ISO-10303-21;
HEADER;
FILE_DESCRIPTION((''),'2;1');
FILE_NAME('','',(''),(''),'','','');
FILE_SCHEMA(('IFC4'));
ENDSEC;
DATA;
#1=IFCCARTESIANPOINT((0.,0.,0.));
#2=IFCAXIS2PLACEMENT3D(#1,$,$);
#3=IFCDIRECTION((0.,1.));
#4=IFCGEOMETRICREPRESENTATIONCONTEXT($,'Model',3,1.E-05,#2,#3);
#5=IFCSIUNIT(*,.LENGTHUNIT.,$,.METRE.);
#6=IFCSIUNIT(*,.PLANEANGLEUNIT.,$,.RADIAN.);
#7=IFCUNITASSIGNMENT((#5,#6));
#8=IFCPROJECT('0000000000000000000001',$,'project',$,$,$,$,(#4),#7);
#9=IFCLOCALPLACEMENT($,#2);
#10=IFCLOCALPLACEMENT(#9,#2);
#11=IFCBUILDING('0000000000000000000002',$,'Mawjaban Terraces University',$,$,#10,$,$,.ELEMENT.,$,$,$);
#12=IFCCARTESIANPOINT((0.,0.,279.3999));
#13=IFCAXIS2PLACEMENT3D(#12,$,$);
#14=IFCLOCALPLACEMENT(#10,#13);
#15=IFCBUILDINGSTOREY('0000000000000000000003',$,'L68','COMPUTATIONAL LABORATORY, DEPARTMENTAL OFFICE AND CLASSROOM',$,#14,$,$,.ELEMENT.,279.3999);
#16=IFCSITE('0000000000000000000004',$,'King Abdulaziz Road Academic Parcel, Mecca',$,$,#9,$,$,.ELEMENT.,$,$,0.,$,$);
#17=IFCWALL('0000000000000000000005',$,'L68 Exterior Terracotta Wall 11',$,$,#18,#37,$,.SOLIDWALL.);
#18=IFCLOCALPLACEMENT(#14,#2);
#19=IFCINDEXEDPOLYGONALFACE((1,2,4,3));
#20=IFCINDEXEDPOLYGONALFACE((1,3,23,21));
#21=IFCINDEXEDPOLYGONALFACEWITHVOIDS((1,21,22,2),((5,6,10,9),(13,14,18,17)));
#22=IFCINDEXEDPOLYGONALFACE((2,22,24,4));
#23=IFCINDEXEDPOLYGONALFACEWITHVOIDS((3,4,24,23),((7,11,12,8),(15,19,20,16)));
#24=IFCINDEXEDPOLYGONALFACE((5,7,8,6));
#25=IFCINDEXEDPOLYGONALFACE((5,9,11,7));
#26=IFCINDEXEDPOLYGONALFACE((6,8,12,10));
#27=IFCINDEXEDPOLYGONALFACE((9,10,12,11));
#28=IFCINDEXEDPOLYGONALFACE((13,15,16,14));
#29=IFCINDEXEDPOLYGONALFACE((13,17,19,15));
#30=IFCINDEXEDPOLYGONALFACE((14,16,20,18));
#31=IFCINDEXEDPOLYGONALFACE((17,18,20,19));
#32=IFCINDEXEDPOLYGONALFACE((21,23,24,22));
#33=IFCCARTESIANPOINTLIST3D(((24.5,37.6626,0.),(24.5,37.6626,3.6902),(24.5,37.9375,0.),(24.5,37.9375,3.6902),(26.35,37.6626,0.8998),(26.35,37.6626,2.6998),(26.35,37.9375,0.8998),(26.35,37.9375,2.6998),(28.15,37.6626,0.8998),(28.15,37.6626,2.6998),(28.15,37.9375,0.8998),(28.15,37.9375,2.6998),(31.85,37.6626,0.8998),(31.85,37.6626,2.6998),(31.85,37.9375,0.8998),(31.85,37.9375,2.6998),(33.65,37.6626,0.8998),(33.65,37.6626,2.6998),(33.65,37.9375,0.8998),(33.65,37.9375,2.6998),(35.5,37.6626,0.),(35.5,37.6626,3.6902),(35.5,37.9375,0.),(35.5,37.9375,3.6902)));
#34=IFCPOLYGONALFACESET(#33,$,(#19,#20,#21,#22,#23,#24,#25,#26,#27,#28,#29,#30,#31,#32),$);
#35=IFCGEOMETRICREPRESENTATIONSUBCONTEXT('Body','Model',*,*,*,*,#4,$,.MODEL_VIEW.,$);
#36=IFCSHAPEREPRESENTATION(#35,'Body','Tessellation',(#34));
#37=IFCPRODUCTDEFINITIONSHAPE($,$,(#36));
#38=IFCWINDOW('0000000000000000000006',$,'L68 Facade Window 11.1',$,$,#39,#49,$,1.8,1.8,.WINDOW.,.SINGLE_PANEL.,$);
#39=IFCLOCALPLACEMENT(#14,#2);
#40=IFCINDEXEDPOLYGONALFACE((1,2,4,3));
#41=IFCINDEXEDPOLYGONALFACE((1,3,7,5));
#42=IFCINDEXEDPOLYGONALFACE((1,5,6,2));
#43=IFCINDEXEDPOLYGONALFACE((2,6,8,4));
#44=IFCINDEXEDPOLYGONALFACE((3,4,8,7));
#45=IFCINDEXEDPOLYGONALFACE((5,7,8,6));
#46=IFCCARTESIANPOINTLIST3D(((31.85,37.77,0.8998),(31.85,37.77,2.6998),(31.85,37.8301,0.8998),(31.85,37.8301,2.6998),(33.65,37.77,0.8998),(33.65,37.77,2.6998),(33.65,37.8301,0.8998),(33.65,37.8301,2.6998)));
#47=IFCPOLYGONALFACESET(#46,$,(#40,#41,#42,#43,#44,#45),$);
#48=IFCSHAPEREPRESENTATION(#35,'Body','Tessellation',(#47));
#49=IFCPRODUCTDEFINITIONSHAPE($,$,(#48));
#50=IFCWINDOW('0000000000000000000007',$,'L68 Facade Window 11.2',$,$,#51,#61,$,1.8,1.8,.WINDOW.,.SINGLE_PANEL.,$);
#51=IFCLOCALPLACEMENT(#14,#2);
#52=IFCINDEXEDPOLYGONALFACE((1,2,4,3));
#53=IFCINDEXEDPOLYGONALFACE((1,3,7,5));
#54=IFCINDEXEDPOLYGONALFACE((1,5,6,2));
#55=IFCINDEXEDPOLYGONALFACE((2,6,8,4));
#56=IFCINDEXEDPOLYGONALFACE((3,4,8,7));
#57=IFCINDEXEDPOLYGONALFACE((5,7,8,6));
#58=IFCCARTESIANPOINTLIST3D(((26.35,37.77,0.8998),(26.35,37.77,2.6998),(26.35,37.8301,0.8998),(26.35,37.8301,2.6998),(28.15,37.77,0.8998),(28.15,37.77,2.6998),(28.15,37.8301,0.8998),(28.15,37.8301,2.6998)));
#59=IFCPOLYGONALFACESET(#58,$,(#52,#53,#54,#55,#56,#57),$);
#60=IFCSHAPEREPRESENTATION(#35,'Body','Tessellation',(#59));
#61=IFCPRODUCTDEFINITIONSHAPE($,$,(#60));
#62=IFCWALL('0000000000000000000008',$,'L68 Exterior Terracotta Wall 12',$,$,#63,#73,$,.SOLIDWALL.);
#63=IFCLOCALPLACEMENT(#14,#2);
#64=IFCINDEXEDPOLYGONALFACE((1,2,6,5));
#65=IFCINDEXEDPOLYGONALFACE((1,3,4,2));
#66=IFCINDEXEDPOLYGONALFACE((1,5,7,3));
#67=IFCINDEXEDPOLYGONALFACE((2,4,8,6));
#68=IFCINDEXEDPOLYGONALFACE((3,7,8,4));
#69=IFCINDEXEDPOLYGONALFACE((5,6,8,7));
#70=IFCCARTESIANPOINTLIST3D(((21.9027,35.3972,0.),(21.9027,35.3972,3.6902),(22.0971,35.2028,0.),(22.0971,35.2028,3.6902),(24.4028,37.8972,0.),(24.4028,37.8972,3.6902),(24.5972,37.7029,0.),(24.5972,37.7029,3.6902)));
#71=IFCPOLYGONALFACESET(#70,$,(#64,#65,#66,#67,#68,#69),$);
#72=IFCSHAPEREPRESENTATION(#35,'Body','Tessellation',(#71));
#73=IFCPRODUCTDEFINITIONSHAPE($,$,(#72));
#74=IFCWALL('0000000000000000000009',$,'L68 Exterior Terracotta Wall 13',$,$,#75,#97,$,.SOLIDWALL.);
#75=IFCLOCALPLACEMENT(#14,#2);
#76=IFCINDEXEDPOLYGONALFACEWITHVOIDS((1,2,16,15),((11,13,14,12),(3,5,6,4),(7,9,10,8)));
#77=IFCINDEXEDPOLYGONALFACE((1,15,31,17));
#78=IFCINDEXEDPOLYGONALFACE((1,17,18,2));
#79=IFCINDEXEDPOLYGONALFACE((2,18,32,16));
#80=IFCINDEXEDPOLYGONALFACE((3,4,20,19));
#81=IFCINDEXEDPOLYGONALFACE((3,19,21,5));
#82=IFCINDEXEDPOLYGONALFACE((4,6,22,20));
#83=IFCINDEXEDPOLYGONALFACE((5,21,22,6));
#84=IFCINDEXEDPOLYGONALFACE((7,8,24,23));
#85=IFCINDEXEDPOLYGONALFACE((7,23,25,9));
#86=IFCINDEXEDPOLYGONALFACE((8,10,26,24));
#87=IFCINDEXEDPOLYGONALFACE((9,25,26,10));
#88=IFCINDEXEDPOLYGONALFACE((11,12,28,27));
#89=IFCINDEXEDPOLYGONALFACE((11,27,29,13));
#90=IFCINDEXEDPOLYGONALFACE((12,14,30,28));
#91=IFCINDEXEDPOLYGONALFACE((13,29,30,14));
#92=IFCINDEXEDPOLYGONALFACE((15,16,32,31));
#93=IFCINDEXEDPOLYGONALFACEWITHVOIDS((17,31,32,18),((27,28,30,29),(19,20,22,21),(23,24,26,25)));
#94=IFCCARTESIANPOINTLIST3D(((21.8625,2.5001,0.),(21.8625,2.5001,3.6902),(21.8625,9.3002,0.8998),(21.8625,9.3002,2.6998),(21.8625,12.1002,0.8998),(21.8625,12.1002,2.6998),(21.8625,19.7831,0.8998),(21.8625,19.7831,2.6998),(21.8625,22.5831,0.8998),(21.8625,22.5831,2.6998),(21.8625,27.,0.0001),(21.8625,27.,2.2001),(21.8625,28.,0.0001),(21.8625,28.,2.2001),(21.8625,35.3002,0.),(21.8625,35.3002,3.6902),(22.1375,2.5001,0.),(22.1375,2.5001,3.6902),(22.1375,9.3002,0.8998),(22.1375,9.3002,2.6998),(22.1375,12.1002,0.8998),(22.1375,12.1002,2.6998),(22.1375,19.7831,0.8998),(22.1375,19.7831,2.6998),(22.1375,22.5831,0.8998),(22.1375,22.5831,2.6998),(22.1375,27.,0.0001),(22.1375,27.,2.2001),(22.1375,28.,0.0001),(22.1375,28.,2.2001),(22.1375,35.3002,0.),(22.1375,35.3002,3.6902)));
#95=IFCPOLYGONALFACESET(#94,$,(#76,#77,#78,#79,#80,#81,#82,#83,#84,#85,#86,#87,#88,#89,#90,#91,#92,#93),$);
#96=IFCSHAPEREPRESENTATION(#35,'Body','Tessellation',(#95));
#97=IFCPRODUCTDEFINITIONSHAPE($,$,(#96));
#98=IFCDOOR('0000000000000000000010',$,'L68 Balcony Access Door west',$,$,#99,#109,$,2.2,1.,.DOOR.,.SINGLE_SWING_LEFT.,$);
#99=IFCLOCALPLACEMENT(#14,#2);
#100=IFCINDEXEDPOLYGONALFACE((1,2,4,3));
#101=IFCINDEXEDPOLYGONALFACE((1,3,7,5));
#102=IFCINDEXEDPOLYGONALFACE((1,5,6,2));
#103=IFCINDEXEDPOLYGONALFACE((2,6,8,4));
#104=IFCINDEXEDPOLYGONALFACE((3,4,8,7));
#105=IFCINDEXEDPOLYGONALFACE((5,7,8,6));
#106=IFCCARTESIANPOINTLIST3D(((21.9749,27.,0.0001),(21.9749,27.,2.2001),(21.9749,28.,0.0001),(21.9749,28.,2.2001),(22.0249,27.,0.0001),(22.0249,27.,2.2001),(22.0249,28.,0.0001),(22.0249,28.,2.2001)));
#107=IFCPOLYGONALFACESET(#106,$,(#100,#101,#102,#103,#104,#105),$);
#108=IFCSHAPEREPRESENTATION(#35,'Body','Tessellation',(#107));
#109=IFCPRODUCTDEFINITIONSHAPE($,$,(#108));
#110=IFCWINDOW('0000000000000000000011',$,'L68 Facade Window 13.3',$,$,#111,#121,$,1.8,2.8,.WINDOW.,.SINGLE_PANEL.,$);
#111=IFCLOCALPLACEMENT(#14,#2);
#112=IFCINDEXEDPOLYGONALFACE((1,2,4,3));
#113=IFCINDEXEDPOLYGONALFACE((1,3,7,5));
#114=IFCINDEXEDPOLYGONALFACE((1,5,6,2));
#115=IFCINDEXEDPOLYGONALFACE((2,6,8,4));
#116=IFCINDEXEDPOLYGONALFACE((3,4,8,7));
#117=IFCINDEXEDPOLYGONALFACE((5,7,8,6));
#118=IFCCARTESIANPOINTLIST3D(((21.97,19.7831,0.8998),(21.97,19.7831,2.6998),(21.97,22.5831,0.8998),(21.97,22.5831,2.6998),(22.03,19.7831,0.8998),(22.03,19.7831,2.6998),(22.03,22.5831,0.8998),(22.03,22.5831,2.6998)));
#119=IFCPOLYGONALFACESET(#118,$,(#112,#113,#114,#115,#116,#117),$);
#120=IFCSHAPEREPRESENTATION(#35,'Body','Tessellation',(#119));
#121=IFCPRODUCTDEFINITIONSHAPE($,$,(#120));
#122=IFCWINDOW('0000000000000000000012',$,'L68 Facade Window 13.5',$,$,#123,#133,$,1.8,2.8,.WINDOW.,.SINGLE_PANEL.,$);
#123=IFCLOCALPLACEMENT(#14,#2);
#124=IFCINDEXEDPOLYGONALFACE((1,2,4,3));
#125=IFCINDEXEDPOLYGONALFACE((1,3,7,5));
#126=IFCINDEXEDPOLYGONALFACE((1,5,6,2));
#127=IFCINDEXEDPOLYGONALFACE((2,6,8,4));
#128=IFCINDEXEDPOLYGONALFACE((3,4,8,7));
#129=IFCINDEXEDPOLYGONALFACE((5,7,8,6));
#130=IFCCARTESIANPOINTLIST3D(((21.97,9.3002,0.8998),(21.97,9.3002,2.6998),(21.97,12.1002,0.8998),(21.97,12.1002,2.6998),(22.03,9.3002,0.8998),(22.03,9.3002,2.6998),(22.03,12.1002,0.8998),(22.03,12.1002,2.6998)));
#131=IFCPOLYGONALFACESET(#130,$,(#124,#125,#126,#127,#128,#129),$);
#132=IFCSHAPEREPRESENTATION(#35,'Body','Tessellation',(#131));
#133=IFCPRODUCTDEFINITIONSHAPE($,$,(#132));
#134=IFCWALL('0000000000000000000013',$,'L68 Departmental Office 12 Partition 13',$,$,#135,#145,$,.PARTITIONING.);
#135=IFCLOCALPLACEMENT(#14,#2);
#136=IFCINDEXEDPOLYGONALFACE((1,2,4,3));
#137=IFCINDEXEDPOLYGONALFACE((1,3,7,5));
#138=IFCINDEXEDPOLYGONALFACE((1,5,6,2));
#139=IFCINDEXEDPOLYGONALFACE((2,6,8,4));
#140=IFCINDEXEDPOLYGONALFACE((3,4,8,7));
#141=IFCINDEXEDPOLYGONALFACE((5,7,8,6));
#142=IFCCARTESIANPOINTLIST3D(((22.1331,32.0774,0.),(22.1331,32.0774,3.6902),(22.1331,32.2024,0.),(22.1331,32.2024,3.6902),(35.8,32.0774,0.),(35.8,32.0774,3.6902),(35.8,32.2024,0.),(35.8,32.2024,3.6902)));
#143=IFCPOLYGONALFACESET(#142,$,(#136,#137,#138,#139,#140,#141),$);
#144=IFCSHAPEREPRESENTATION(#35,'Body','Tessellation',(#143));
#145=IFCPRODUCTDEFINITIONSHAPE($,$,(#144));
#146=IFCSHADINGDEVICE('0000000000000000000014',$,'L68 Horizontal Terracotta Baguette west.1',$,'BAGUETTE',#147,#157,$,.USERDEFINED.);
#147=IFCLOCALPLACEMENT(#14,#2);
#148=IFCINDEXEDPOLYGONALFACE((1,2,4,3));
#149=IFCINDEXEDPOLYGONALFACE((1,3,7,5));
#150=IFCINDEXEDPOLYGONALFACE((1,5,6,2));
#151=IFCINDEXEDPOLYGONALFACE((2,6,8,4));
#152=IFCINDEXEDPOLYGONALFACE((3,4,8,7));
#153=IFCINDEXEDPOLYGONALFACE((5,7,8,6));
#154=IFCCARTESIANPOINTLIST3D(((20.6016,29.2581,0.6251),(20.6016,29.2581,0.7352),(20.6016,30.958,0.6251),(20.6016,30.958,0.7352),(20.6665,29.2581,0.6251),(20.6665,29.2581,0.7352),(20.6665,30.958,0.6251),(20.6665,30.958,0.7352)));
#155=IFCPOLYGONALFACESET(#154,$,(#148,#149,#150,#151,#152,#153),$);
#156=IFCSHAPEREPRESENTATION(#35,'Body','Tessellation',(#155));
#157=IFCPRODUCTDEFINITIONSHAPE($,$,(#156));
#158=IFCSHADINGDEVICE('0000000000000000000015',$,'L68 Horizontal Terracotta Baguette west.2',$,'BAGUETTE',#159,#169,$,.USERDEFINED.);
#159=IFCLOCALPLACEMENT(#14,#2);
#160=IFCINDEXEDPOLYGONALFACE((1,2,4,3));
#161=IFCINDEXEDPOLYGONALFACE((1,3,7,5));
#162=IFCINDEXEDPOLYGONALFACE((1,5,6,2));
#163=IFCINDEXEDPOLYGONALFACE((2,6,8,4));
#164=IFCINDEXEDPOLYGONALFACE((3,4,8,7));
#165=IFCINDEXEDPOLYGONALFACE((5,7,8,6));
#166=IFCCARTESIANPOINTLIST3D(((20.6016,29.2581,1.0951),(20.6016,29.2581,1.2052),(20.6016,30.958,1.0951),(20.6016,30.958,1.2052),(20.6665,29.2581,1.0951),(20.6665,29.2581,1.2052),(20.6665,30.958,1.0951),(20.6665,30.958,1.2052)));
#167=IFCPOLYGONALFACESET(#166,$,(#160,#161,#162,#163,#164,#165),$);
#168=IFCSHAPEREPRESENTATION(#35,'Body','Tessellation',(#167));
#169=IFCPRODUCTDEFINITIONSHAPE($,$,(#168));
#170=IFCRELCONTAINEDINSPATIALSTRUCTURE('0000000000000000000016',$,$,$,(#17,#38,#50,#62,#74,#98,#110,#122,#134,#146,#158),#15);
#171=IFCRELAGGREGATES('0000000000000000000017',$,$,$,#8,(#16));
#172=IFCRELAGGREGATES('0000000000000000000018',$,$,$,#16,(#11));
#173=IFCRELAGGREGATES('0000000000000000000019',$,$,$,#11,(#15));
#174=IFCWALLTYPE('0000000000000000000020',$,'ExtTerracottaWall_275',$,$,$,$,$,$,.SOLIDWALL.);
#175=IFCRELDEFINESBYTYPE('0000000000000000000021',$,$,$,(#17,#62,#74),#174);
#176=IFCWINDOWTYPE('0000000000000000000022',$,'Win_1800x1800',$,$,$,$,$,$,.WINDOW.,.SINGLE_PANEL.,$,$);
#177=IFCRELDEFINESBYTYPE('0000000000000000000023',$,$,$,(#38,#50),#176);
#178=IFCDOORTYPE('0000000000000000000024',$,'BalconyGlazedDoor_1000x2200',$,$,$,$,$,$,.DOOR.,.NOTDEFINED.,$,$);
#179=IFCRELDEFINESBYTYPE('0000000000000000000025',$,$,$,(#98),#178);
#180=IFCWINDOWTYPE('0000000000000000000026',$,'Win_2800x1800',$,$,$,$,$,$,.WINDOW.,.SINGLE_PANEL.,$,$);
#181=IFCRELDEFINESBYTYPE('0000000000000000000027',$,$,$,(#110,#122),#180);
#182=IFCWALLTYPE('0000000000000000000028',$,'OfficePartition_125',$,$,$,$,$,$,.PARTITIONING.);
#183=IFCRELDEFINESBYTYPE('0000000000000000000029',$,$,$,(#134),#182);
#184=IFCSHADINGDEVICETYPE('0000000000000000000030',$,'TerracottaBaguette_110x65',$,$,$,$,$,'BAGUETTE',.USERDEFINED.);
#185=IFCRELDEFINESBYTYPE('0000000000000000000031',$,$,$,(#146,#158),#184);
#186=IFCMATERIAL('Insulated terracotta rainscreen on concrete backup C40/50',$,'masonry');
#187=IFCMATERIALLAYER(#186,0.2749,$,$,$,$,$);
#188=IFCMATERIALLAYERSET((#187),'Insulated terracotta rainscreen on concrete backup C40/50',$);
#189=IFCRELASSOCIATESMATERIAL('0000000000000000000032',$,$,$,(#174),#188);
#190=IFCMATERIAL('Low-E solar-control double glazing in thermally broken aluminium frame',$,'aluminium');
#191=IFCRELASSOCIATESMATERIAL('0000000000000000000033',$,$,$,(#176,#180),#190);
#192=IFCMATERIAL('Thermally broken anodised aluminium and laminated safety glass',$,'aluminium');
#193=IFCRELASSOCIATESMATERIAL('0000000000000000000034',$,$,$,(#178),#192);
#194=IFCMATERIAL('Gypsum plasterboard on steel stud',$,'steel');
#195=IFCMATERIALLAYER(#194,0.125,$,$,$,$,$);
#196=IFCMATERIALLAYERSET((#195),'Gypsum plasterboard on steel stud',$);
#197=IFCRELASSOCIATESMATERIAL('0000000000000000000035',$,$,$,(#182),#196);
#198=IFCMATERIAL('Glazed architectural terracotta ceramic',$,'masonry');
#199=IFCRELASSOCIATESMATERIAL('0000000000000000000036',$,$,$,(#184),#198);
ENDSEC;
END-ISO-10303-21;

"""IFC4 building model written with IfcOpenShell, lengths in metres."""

from ifc_helpers import new_model, si_unit, direction, frame, frame_2d, origin, origin_2d, place, context, subcontext, project, spatial, rectangle, extrude, material, layer, layer_set, material_profile, profile_set, type_object, element, fill, save


model = new_model("IFC4")

# Units and contexts
model_context = context("Model", 3, precision=1e-05, world=origin(), true_north=direction((0.0, 1.0)))
body_context = subcontext(model_context, "Body", "Model", "MODEL_VIEW")
ifc_project = project(units=[si_unit("LENGTHUNIT", "METRE"), si_unit("PLANEANGLEUNIT", "RADIAN")], contexts=[model_context])

# Site, building, storey
site_placement = place(None, origin())
site = spatial("IfcSite", under=ifc_project, at=site_placement, Name="King Abdulaziz Road Academic Parcel, Mecca", CompositionType="ELEMENT", RefElevation=0.0)
building_placement = place(site_placement, origin())
building = spatial("IfcBuilding", under=site, at=building_placement, Name="Mawjaban Terraces University", CompositionType="ELEMENT")
storey_placement = place(building_placement, frame((0.0, 0.0, 279.3999)))
storey = spatial("IfcBuildingStorey", under=building, at=storey_placement, Name="L68", Description="COMPUTATIONAL LABORATORY, DEPARTMENTAL OFFICE AND CLASSROOM", CompositionType="ELEMENT", Elevation=279.3999)

# Wall, openings, windows
ifc_material_1 = material(Name="Insulated terracotta rainscreen on concrete backup C40/50", Category="masonry")
ifc_layer_1 = layer(ifc_material_1, 0.2749)
ifc_layer_set_1 = layer_set([ifc_layer_1], Name="Insulated terracotta rainscreen on concrete backup C40/50")
wall_type_1 = type_object("IfcWallType", Name="ExtTerracottaWall_275", PredefinedType="SOLIDWALL", material=ifc_layer_set_1)
wall_1_placement = place(storey_placement, frame((35.5, 37.8, 0.0), z_axis=(0.0, 0.0, 1.0), x_axis=(-1.0, 0.0, 0.0)))
wall_1 = element("IfcWall", 1, at=wall_1_placement, inside=storey, type_object=wall_type_1, Name="L68 Exterior Terracotta Wall 11", PredefinedType="SOLIDWALL", context=body_context, shape_type="SweptSolid", body=[
    extrude(rectangle(XDim=11.0, YDim=0.2749, at=frame_2d((5.5, 0.0))), origin(), (0.0, 0.0, 1.0), 3.6902),
])
opening_1_placement = place(wall_1_placement, frame((1.8501, 0.0, 0.8999)))
opening_1 = element("IfcOpeningElement", 2, at=opening_1_placement, cuts=wall_1, PredefinedType="OPENING", context=body_context, shape_type="SweptSolid", body=[
    extrude(rectangle(XDim=1.8, YDim=1.8, at=frame_2d((0.8999, 0.8999))), frame((0.0, 0.1475, 0.0), z_axis=(0.0, -1.0, 0.0), x_axis=(1.0, 0.0, 0.0)), (0.0, 0.0, 1.0), 0.2949),
])
opening_2_placement = place(wall_1_placement, frame((7.3501, 0.0, 0.8999)))
opening_2 = element("IfcOpeningElement", 3, at=opening_2_placement, cuts=wall_1, PredefinedType="OPENING", context=body_context, shape_type="SweptSolid", body=[
    extrude(rectangle(XDim=1.8, YDim=1.8, at=frame_2d((0.8999, 0.8999))), frame((0.0, 0.1475, 0.0), z_axis=(0.0, -1.0, 0.0), x_axis=(1.0, 0.0, 0.0)), (0.0, 0.0, 1.0), 0.2949),
])
ifc_material_2 = material(Name="Low-E solar-control double glazing in thermally broken aluminium frame", Category="aluminium")
window_type_1 = type_object("IfcWindowType", Name="Win_1800x1800", PartitioningType="SINGLE_PANEL", PredefinedType="WINDOW", material=ifc_material_2)
window_1_placement = place(opening_1_placement, origin())
window_1 = element("IfcWindow", 4, at=window_1_placement, inside=storey, type_object=window_type_1, Name="L68 Facade Window 11.1", OverallHeight=1.8, OverallWidth=1.8, PartitioningType="SINGLE_PANEL", PredefinedType="WINDOW", context=body_context, shape_type="SweptSolid", body=[
    extrude(rectangle(XDim=1.8, YDim=1.8, at=frame_2d((0.8999, 0.8999))), frame((0.0, 0.03, 0.0), z_axis=(0.0, -1.0, 0.0), x_axis=(1.0, 0.0, 0.0)), (0.0, 0.0, 1.0), 0.0601),
])
fill(opening_1, window_1)
window_2_placement = place(opening_2_placement, origin())
window_2 = element("IfcWindow", 5, at=window_2_placement, inside=storey, type_object=window_type_1, Name="L68 Facade Window 11.2", OverallHeight=1.8, OverallWidth=1.8, PartitioningType="SINGLE_PANEL", PredefinedType="WINDOW", context=body_context, shape_type="SweptSolid", body=[
    extrude(rectangle(XDim=1.8, YDim=1.8, at=frame_2d((0.8999, 0.8999))), frame((0.0, 0.03, 0.0), z_axis=(0.0, -1.0, 0.0), x_axis=(1.0, 0.0, 0.0)), (0.0, 0.0, 1.0), 0.0601),
])
fill(opening_2, window_2)

# Wall
wall_2_placement = place(storey_placement, frame((24.5, 37.8, 0.0), z_axis=(0.0, 0.0, 1.0), x_axis=(-0.707107, -0.707107, 0.0)))
element("IfcWall", 6, at=wall_2_placement, inside=storey, type_object=wall_type_1, Name="L68 Exterior Terracotta Wall 12", PredefinedType="SOLIDWALL", context=body_context, shape_type="SweptSolid", body=[
    extrude(rectangle(XDim=3.5356, YDim=0.2749, at=frame_2d((1.7678, 0.0))), origin(), (0.0, 0.0, 1.0), 3.6902),
])

# Wall, openings, door, windows
wall_3_placement = place(storey_placement, frame((22.0, 35.3, 0.0), z_axis=(0.0, 0.0, 1.0), x_axis=(0.0, -1.0, 0.0)))
wall_3 = element("IfcWall", 7, at=wall_3_placement, inside=storey, type_object=wall_type_1, Name="L68 Exterior Terracotta Wall 13", PredefinedType="SOLIDWALL", context=body_context, shape_type="SweptSolid", body=[
    extrude(rectangle(XDim=32.8, YDim=0.2749, at=frame_2d((16.3999, 0.0))), origin(), (0.0, 0.0, 1.0), 3.6902),
])
opening_3_placement = place(wall_3_placement, frame((7.3, 0.0, 0.0)))
opening_3 = element("IfcOpeningElement", 8, at=opening_3_placement, cuts=wall_3, PredefinedType="OPENING", context=body_context, shape_type="SweptSolid", body=[
    extrude(rectangle(XDim=1.0, YDim=2.2, at=frame_2d((0.5, 1.1001))), frame((0.0, 0.1475, 0.0), z_axis=(0.0, -1.0, 0.0), x_axis=(1.0, 0.0, 0.0)), (0.0, 0.0, 1.0), 0.2949),
])
opening_4_placement = place(wall_3_placement, frame((12.717, 0.0, 0.8999)))
opening_4 = element("IfcOpeningElement", 9, at=opening_4_placement, cuts=wall_3, PredefinedType="OPENING", context=body_context, shape_type="SweptSolid", body=[
    extrude(rectangle(XDim=2.8, YDim=1.8, at=frame_2d((1.3999, 0.8999))), frame((0.0, 0.1475, 0.0), z_axis=(0.0, -1.0, 0.0), x_axis=(1.0, 0.0, 0.0)), (0.0, 0.0, 1.0), 0.2949),
])
opening_5_placement = place(wall_3_placement, frame((23.2, 0.0, 0.8999)))
opening_5 = element("IfcOpeningElement", 10, at=opening_5_placement, cuts=wall_3, PredefinedType="OPENING", context=body_context, shape_type="SweptSolid", body=[
    extrude(rectangle(XDim=2.8, YDim=1.8, at=frame_2d((1.3999, 0.8999))), frame((0.0, 0.1475, 0.0), z_axis=(0.0, -1.0, 0.0), x_axis=(1.0, 0.0, 0.0)), (0.0, 0.0, 1.0), 0.2949),
])
ifc_material_3 = material(Name="Thermally broken anodised aluminium and laminated safety glass", Category="aluminium")
door_type_1 = type_object("IfcDoorType", Name="BalconyGlazedDoor_1000x2200", OperationType="NOTDEFINED", PredefinedType="DOOR", material=ifc_material_3)
door_1_placement = place(opening_3_placement, origin())
door_1 = element("IfcDoor", 11, at=door_1_placement, inside=storey, type_object=door_type_1, Name="L68 Balcony Access Door west", OperationType="SINGLE_SWING_LEFT", OverallHeight=2.2, OverallWidth=1.0, PredefinedType="DOOR", context=body_context, shape_type="SweptSolid", body=[
    extrude(rectangle(XDim=1.0, YDim=2.2, at=frame_2d((0.5, 1.1001))), frame((0.0, 0.0249, 0.0), z_axis=(0.0, -1.0, 0.0), x_axis=(1.0, 0.0, 0.0)), (0.0, 0.0, 1.0), 0.05),
])
fill(opening_3, door_1)
window_type_2 = type_object("IfcWindowType", Name="Win_2800x1800", PartitioningType="SINGLE_PANEL", PredefinedType="WINDOW", material=ifc_material_2)
window_3_placement = place(opening_4_placement, origin())
window_3 = element("IfcWindow", 12, at=window_3_placement, inside=storey, type_object=window_type_2, Name="L68 Facade Window 13.3", OverallHeight=1.8, OverallWidth=2.8, PartitioningType="SINGLE_PANEL", PredefinedType="WINDOW", context=body_context, shape_type="SweptSolid", body=[
    extrude(rectangle(XDim=2.8, YDim=1.8, at=frame_2d((1.3999, 0.8999))), frame((0.0, 0.03, 0.0), z_axis=(0.0, -1.0, 0.0), x_axis=(1.0, 0.0, 0.0)), (0.0, 0.0, 1.0), 0.0601),
])
fill(opening_4, window_3)
window_4_placement = place(opening_5_placement, origin())
window_4 = element("IfcWindow", 13, at=window_4_placement, inside=storey, type_object=window_type_2, Name="L68 Facade Window 13.5", OverallHeight=1.8, OverallWidth=2.8, PartitioningType="SINGLE_PANEL", PredefinedType="WINDOW", context=body_context, shape_type="SweptSolid", body=[
    extrude(rectangle(XDim=2.8, YDim=1.8, at=frame_2d((1.3999, 0.8999))), frame((0.0, 0.03, 0.0), z_axis=(0.0, -1.0, 0.0), x_axis=(1.0, 0.0, 0.0)), (0.0, 0.0, 1.0), 0.0601),
])
fill(opening_5, window_4)

# Wall
ifc_material_4 = material(Name="Gypsum plasterboard on steel stud", Category="steel")
ifc_layer_2 = layer(ifc_material_4, 0.125)
ifc_layer_set_2 = layer_set([ifc_layer_2], Name="Gypsum plasterboard on steel stud")
wall_type_2 = type_object("IfcWallType", Name="OfficePartition_125", PredefinedType="PARTITIONING", material=ifc_layer_set_2)
wall_4_placement = place(storey_placement, frame((35.8, 32.1399, 0.0), z_axis=(0.0, 0.0, 1.0), x_axis=(-1.0, 0.0, 0.0)))
element("IfcWall", 14, at=wall_4_placement, inside=storey, type_object=wall_type_2, Name="L68 Departmental Office 12 Partition 13", PredefinedType="PARTITIONING", context=body_context, shape_type="SweptSolid", body=[
    extrude(rectangle(XDim=13.667, YDim=0.125, at=frame_2d((6.8335, 0.0))), origin(), (0.0, 0.0, 1.0), 3.6902),
])

# Shading devices
ifc_material_5 = material(Name="Glazed architectural terracotta ceramic", Category="masonry")
ifc_material_profile_1 = material_profile(ifc_material_5, rectangle(XDim=0.0649, YDim=0.1101, at=origin_2d()), Name="TBAG110X65")
ifc_profile_set_1 = profile_set([ifc_material_profile_1], Name="Glazed architectural terracotta ceramic")
shading_device_type_1 = type_object("IfcShadingDeviceType", Name="TerracottaBaguette_110x65", ElementType="BAGUETTE", PredefinedType="USERDEFINED", material=ifc_profile_set_1)
for number, where, z_axis, x_axis, name in (
    (15, (20.634, 29.2581, 0.6802), (0.0, 1.0, 0.0), (-1.0, 0.0, 0.0), "L68 Horizontal Terracotta Baguette west.1"),
    (16, (20.634, 29.2581, 1.1501), (0.0, 1.0, 0.0), (-1.0, 0.0, 0.0), "L68 Horizontal Terracotta Baguette west.2"),
):
    element("IfcShadingDevice", number, at=place(storey_placement, frame(where, z_axis=z_axis, x_axis=x_axis)), inside=storey, type_object=shading_device_type_1, Name=name, ObjectType="BAGUETTE", PredefinedType="USERDEFINED", context=body_context, shape_type="SweptSolid", body=[
        extrude(rectangle(XDim=0.0649, YDim=0.1101, at=origin_2d()), origin(), (0.0, 0.0, 1.0), 1.7),
    ])

save(model, "model.ifc")
